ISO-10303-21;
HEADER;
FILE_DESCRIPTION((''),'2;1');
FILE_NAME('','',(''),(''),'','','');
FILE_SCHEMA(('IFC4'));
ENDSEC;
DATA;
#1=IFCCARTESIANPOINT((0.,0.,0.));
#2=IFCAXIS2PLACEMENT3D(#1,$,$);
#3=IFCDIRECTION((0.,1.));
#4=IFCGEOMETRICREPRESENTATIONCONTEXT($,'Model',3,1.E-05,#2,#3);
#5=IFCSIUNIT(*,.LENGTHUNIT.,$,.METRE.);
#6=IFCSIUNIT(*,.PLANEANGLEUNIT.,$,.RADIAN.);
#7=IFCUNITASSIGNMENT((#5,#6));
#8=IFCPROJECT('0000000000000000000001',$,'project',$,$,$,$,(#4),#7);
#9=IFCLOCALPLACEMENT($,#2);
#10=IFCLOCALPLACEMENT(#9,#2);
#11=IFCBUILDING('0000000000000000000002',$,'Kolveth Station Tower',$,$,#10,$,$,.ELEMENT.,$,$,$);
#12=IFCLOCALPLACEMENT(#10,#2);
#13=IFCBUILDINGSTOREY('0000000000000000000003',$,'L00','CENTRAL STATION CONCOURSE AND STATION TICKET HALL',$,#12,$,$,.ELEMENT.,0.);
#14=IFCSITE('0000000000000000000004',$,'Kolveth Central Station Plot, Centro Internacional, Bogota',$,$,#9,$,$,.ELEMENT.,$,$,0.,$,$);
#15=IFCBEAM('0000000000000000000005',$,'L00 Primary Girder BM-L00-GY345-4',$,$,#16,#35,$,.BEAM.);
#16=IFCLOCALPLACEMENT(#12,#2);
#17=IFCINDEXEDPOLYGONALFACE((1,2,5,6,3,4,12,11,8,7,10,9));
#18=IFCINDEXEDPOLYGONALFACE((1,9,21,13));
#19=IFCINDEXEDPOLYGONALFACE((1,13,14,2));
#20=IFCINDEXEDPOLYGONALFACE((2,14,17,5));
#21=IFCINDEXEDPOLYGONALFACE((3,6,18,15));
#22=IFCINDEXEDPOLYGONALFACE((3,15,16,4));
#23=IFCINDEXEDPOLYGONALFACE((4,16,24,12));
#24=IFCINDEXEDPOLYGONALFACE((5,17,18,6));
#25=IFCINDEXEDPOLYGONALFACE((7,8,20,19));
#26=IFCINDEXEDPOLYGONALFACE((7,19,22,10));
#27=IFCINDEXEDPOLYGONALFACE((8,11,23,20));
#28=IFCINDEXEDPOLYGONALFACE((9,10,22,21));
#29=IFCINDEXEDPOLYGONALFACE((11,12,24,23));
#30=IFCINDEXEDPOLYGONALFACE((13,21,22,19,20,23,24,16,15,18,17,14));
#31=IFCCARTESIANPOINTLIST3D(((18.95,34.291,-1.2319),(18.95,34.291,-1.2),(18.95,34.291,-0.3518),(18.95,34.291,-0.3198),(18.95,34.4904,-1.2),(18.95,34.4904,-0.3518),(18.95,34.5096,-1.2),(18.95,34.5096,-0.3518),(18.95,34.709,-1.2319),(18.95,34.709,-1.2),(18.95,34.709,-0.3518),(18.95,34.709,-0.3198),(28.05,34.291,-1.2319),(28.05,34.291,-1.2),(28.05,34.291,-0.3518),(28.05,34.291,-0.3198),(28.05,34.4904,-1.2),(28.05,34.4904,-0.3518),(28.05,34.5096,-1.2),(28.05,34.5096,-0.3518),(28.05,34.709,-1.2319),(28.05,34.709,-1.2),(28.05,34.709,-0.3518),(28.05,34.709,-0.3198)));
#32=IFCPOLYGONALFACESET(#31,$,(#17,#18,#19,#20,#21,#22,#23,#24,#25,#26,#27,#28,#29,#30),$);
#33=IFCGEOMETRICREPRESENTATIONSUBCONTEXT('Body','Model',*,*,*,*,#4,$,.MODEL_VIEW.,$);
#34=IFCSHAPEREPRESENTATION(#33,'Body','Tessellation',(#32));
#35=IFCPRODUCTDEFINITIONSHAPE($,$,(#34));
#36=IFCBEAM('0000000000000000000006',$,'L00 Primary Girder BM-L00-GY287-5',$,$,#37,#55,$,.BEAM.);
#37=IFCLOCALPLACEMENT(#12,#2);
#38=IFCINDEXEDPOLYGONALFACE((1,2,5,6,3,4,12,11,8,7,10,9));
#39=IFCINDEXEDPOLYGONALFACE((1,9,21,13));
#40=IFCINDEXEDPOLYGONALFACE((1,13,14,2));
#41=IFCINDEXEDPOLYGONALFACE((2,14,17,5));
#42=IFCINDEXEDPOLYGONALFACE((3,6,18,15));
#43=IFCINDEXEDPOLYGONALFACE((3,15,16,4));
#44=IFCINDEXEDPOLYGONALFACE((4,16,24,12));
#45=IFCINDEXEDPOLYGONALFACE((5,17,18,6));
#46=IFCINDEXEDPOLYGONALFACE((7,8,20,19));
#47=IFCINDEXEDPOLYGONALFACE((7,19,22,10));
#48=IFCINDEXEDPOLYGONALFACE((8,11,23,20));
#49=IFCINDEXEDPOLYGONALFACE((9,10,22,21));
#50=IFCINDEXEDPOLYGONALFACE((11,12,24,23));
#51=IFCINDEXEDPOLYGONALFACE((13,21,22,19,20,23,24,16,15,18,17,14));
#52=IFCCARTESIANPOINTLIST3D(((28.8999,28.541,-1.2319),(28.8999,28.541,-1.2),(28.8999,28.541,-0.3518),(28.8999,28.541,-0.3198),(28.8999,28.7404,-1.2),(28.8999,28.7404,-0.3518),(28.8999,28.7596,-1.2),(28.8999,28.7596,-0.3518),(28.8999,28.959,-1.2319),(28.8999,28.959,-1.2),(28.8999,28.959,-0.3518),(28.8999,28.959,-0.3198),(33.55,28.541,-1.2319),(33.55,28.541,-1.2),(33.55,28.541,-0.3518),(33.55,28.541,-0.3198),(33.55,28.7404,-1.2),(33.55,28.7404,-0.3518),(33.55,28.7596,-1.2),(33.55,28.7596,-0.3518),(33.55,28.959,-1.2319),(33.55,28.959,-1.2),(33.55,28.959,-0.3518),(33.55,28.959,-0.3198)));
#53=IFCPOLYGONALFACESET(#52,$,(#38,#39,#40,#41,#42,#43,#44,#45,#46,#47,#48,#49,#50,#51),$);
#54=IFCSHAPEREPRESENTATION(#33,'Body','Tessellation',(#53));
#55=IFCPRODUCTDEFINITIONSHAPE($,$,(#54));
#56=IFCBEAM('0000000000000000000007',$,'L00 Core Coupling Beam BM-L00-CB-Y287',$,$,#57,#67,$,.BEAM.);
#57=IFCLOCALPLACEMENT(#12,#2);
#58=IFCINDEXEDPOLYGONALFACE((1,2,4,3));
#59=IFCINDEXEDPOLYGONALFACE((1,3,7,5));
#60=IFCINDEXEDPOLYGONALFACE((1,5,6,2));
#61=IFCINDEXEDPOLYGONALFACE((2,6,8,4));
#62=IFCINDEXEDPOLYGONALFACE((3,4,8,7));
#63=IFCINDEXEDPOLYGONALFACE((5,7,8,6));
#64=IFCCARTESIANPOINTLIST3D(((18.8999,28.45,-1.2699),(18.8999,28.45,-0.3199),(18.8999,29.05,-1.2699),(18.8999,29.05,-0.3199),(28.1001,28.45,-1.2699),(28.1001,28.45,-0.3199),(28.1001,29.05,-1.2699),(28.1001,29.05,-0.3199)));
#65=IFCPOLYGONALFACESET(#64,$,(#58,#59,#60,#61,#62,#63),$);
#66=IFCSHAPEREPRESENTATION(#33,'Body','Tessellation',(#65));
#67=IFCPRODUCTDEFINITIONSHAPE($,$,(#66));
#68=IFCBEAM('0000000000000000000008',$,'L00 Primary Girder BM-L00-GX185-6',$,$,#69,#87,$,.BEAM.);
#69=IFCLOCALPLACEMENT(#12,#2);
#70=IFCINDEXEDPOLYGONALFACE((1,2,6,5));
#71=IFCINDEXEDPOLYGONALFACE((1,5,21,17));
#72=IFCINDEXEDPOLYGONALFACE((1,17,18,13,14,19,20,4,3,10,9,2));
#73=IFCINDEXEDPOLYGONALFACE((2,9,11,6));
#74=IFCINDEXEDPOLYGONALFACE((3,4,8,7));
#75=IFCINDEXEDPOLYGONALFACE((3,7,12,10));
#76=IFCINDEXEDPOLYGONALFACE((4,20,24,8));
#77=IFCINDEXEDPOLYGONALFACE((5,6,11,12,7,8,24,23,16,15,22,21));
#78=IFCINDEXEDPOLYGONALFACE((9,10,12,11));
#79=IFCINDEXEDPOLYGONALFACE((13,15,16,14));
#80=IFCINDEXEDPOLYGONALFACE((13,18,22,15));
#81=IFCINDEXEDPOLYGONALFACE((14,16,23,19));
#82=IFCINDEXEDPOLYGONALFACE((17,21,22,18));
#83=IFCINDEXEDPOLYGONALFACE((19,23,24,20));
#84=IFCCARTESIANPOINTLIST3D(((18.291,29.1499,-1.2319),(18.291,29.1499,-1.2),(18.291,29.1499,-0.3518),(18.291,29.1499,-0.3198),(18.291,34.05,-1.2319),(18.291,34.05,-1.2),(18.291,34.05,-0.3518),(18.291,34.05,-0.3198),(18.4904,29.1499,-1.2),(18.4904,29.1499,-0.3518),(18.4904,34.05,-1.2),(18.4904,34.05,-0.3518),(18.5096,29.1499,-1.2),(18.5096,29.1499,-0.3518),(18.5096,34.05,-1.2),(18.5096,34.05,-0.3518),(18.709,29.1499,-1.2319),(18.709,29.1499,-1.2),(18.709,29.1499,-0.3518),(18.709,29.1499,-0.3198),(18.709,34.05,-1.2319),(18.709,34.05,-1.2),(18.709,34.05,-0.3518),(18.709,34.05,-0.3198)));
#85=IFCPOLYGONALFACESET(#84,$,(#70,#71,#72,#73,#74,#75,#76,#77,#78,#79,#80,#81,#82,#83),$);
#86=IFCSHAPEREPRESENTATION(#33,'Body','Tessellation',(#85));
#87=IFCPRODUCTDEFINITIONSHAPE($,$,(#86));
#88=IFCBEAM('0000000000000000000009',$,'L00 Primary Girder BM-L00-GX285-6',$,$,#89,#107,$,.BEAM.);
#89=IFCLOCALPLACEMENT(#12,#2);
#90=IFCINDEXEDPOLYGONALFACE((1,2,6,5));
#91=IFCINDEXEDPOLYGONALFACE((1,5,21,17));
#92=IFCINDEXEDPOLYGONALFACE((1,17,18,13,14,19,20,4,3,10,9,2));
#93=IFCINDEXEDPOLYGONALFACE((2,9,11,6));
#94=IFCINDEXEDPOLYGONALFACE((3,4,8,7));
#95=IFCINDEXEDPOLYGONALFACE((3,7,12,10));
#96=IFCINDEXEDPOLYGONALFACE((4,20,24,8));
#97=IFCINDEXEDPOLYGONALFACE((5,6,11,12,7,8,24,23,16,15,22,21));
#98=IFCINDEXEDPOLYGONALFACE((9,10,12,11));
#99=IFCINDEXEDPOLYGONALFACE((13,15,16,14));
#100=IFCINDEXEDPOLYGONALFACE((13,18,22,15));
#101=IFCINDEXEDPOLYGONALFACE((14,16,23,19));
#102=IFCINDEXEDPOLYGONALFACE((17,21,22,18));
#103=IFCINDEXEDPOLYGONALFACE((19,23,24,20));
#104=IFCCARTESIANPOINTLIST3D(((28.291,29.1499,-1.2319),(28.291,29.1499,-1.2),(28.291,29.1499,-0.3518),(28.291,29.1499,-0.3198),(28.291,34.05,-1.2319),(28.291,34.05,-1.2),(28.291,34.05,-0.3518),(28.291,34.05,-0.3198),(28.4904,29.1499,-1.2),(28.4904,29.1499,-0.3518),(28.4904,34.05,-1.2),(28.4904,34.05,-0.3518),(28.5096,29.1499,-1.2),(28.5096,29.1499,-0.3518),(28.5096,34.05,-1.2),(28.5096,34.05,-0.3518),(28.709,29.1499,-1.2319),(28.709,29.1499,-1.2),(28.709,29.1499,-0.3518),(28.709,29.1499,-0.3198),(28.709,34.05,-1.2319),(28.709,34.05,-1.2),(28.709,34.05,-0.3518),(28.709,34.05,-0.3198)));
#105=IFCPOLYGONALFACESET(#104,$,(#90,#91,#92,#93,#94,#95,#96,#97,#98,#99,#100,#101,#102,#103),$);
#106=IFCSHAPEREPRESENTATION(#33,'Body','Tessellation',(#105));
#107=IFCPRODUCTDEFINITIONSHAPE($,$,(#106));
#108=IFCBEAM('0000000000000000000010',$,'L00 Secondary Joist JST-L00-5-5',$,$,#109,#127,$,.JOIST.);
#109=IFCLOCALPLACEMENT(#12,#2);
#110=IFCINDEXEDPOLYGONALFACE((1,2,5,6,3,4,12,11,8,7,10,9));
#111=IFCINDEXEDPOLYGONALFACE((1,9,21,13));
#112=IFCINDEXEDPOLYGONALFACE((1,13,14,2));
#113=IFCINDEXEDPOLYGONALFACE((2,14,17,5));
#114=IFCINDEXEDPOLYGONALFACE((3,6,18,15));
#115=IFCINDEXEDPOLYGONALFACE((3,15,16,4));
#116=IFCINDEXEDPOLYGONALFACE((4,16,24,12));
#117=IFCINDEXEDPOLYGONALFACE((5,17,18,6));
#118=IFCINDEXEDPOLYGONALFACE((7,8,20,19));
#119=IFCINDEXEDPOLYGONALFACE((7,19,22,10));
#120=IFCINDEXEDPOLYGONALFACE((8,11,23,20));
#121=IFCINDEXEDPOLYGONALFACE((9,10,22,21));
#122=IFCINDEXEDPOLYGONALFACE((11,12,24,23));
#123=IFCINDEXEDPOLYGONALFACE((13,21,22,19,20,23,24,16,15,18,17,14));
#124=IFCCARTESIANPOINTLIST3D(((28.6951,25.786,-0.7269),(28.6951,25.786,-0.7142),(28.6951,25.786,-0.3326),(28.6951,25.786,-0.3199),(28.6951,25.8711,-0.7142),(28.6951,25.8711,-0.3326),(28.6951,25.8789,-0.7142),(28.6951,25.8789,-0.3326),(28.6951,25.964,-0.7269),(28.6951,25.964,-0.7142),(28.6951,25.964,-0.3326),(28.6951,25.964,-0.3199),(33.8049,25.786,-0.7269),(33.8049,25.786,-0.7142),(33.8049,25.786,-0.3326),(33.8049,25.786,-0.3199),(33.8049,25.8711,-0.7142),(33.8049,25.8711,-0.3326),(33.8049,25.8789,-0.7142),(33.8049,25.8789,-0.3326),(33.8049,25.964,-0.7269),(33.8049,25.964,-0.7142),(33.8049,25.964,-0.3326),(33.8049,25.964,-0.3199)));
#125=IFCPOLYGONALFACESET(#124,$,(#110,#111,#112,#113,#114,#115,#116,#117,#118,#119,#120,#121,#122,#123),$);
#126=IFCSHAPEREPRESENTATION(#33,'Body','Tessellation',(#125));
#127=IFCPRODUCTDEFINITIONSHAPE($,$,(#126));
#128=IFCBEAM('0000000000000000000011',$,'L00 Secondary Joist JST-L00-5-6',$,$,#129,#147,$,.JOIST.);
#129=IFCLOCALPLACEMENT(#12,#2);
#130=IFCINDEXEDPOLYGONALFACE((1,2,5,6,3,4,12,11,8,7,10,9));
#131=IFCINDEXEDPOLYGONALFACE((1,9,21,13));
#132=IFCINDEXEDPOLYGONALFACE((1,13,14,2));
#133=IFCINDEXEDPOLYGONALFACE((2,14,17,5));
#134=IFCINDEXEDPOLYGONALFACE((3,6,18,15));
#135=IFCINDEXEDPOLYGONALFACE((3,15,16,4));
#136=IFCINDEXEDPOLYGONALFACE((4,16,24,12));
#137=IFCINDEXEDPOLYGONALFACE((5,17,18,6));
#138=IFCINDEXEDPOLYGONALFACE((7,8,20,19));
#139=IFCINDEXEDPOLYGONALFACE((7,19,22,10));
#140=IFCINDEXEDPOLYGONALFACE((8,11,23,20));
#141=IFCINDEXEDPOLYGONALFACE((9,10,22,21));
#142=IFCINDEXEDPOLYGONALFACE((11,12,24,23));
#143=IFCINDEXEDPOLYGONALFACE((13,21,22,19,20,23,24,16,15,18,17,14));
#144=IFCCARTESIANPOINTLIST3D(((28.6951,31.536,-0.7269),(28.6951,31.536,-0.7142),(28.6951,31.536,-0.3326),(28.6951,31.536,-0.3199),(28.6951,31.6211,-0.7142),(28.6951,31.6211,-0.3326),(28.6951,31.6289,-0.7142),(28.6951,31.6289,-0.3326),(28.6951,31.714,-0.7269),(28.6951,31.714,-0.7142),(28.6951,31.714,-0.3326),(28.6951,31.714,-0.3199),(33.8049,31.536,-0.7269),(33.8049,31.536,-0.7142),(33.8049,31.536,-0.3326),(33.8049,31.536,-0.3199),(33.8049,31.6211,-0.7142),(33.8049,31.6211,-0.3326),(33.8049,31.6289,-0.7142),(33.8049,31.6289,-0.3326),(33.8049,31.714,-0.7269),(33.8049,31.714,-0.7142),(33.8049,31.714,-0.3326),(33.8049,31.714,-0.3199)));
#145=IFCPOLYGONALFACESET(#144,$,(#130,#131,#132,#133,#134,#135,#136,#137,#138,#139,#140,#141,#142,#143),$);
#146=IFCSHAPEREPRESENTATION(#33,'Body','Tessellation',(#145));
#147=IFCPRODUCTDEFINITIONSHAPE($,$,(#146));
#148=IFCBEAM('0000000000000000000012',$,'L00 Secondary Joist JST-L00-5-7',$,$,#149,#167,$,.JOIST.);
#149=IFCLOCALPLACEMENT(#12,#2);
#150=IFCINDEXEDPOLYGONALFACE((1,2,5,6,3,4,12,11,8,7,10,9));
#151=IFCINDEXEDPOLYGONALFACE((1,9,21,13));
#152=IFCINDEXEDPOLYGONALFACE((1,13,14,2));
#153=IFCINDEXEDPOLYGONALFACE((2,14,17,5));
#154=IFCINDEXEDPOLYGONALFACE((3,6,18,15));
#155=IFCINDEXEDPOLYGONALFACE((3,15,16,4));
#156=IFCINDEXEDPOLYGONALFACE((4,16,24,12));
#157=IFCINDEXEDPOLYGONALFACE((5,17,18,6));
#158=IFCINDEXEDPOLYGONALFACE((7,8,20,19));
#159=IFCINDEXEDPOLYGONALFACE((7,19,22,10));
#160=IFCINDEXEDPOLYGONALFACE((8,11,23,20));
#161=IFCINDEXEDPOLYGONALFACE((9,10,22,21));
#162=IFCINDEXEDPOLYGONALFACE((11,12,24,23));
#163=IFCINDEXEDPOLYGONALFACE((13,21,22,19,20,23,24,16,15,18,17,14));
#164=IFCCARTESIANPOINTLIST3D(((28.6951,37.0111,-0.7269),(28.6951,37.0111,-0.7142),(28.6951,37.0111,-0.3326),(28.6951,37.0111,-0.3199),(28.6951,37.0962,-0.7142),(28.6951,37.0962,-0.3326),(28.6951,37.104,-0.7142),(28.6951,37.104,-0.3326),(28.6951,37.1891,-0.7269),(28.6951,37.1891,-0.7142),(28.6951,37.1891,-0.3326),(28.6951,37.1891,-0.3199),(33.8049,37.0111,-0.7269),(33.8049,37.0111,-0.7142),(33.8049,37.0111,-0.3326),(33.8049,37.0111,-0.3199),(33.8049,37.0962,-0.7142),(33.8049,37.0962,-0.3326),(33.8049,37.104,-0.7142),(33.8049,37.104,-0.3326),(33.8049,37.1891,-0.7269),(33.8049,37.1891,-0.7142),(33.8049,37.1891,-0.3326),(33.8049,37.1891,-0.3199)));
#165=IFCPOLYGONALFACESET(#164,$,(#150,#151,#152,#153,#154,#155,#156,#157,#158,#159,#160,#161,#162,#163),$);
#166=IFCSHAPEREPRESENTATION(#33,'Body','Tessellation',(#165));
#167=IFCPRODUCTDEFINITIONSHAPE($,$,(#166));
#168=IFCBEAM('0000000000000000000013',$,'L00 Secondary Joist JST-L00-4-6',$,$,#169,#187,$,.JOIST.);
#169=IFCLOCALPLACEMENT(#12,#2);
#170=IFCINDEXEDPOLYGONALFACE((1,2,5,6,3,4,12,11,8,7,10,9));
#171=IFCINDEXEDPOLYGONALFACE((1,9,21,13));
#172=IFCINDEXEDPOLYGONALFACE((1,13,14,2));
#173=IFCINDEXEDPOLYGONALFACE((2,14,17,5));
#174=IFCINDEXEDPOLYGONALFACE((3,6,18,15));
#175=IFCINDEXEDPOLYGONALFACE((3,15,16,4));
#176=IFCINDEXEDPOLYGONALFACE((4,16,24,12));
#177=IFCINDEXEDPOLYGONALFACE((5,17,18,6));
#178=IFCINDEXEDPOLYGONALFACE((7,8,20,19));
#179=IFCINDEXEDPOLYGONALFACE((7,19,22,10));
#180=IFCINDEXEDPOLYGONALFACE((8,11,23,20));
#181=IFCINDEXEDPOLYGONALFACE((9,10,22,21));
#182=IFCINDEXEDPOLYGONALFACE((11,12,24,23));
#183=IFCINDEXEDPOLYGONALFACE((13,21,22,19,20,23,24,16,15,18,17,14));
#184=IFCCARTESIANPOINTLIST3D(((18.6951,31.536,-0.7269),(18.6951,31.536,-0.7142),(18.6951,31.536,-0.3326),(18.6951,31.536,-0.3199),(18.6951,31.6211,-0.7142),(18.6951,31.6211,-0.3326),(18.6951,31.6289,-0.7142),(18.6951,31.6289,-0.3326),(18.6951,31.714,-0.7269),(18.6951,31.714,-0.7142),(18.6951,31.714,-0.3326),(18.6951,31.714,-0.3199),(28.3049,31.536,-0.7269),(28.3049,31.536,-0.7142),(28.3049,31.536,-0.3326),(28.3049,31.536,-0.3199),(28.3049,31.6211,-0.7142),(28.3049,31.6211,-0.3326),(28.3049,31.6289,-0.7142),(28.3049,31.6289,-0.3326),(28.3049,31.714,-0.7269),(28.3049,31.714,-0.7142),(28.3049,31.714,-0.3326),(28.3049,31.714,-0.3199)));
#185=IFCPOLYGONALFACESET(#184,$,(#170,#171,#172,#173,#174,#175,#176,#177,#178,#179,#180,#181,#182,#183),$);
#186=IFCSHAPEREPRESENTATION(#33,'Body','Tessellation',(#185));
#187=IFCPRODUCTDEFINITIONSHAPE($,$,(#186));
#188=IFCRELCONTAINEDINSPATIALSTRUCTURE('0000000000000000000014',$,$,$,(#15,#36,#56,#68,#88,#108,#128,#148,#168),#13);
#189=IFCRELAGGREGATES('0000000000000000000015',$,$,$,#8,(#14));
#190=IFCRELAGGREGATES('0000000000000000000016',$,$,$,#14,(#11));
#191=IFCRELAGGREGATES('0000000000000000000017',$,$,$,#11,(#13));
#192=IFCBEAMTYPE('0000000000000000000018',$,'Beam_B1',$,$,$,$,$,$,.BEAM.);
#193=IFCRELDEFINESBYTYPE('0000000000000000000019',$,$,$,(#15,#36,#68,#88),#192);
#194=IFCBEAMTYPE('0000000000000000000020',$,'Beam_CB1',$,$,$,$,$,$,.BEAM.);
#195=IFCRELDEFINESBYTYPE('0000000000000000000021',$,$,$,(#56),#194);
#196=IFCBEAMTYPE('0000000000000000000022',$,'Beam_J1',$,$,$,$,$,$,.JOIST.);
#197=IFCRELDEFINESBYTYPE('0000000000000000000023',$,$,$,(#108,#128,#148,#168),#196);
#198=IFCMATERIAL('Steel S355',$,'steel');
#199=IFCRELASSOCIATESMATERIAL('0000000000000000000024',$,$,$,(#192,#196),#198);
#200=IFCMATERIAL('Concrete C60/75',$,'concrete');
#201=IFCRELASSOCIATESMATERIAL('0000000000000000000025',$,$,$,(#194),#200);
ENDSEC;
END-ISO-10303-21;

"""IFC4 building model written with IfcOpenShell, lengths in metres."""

from ifc_helpers import new_model, si_unit, direction, frame, origin, origin_2d, place, context, subcontext, project, spatial, rectangle, i_section, extrude, source, transform, mapped, material, material_profile, profile_set, type_object, element, save


model = new_model("IFC4")

# Units and contexts
model_context = context("Model", 3, precision=1e-05, world=origin(), true_north=direction((0.0, 1.0)))
body_context = subcontext(model_context, "Body", "Model", "MODEL_VIEW")
ifc_project = project(units=[si_unit("LENGTHUNIT", "METRE"), si_unit("PLANEANGLEUNIT", "RADIAN")], contexts=[model_context])

# Site, building, storey
site_placement = place(None, origin())
site = spatial("IfcSite", under=ifc_project, at=site_placement, Name="Kolveth Central Station Plot, Centro Internacional, Bogota", CompositionType="ELEMENT", RefElevation=0.0)
building_placement = place(site_placement, origin())
building = spatial("IfcBuilding", under=site, at=building_placement, Name="Kolveth Station Tower", CompositionType="ELEMENT")
storey_placement = place(building_placement, origin())
storey = spatial("IfcBuildingStorey", under=building, at=storey_placement, Name="L00", Description="CENTRAL STATION CONCOURSE AND STATION TICKET HALL", CompositionType="ELEMENT", Elevation=0.0)

# Beams
ifc_material_1 = material(Name="Steel S355", Category="steel")
ifc_material_profile_1 = material_profile(ifc_material_1, i_section(OverallWidth=0.418, OverallDepth=0.9121, WebThickness=0.0193, FlangeThickness=0.032, at=origin_2d()), Name="W920x342")
ifc_profile_set_1 = profile_set([ifc_material_profile_1], Name="Steel S355")
beam_type_1 = type_object("IfcBeamType", Name="Beam_B1", PredefinedType="BEAM", material=ifc_profile_set_1)
shared_shape_1 = source(origin(), body_context, "Body", "SweptSolid", [
    extrude(i_section(OverallWidth=0.418, OverallDepth=0.9121, WebThickness=0.0193, FlangeThickness=0.032, at=origin_2d()), origin(), (0.0, 0.0, 1.0), 9.1001),
])
beam_1_placement = place(storey_placement, frame((18.95, 34.5, -0.7759), z_axis=(1.0, 0.0, 0.0), x_axis=(0.0, 1.0, 0.0)))
element("IfcBeam", 1, at=beam_1_placement, inside=storey, type_object=beam_type_1, Name="L00 Primary Girder BM-L00-GY345-4", PredefinedType="BEAM", context=body_context, shape_type="MappedRepresentation", body=[
    mapped(shared_shape_1, transform((0.0, 0.0, 0.0), x_axis=(1.0, 0.0, 0.0), y_axis=(0.0, 1.0, 0.0), z_axis=(0.0, 0.0, 1.0), scale=1.0)),
])
shared_shape_2 = source(origin(), body_context, "Body", "SweptSolid", [
    extrude(i_section(OverallWidth=0.418, OverallDepth=0.9121, WebThickness=0.0193, FlangeThickness=0.032, at=origin_2d()), origin(), (0.0, 0.0, 1.0), 4.6501),
])
beam_2_placement = place(storey_placement, frame((28.8999, 28.75, -0.7759), z_axis=(1.0, 0.0, 0.0), x_axis=(0.0, 1.0, 0.0)))
element("IfcBeam", 2, at=beam_2_placement, inside=storey, type_object=beam_type_1, Name="L00 Primary Girder BM-L00-GY287-5", PredefinedType="BEAM", context=body_context, shape_type="MappedRepresentation", body=[
    mapped(shared_shape_2, transform((0.0, 0.0, 0.0), x_axis=(1.0, 0.0, 0.0), y_axis=(0.0, 1.0, 0.0), z_axis=(0.0, 0.0, 1.0), scale=1.0)),
])
ifc_material_2 = material(Name="Concrete C60/75", Category="concrete")
ifc_material_profile_2 = material_profile(ifc_material_2, rectangle(XDim=0.6001, YDim=0.95, at=origin_2d()), Name="RC-600x950")
ifc_profile_set_2 = profile_set([ifc_material_profile_2], Name="Concrete C60/75")
beam_type_2 = type_object("IfcBeamType", Name="Beam_CB1", PredefinedType="BEAM", material=ifc_profile_set_2)
shared_shape_3 = source(origin(), body_context, "Body", "SweptSolid", [
    extrude(rectangle(XDim=0.6001, YDim=0.95, at=origin_2d()), origin(), (0.0, 0.0, 1.0), 9.2002),
])
beam_3_placement = place(storey_placement, frame((18.8999, 28.75, -0.7949), z_axis=(1.0, 0.0, 0.0), x_axis=(0.0, 1.0, 0.0)))
element("IfcBeam", 3, at=beam_3_placement, inside=storey, type_object=beam_type_2, Name="L00 Core Coupling Beam BM-L00-CB-Y287", PredefinedType="BEAM", context=body_context, shape_type="MappedRepresentation", body=[
    mapped(shared_shape_3, transform((0.0, 0.0, 0.0), x_axis=(1.0, 0.0, 0.0), y_axis=(0.0, 1.0, 0.0), z_axis=(0.0, 0.0, 1.0), scale=1.0)),
])
shared_shape_4 = source(origin(), body_context, "Body", "SweptSolid", [
    extrude(i_section(OverallWidth=0.418, OverallDepth=0.9121, WebThickness=0.0193, FlangeThickness=0.032, at=origin_2d()), origin(), (0.0, 0.0, 1.0), 4.9001),
])
for number, where, z_axis, x_axis, name in (
    (4, (18.5, 29.1499, -0.7759), (0.0, 1.0, 0.0), (-1.0, 0.0, 0.0), "L00 Primary Girder BM-L00-GX185-6"),
    (5, (28.5, 29.1499, -0.7759), (0.0, 1.0, 0.0), (-1.0, 0.0, 0.0), "L00 Primary Girder BM-L00-GX285-6"),
):
    element("IfcBeam", number, at=place(storey_placement, frame(where, z_axis=z_axis, x_axis=x_axis)), inside=storey, type_object=beam_type_1, Name=name, PredefinedType="BEAM", context=body_context, shape_type="MappedRepresentation", body=[
        mapped(shared_shape_4, transform((0.0, 0.0, 0.0), x_axis=(1.0, 0.0, 0.0), y_axis=(0.0, 1.0, 0.0), z_axis=(0.0, 0.0, 1.0), scale=1.0)),
    ])
ifc_material_profile_3 = material_profile(ifc_material_1, i_section(OverallWidth=0.178, OverallDepth=0.407, WebThickness=0.0078, FlangeThickness=0.0127, at=origin_2d()), Name="W410x60")
ifc_profile_set_3 = profile_set([ifc_material_profile_3], Name="Steel S355")
beam_type_3 = type_object("IfcBeamType", Name="Beam_J1", PredefinedType="JOIST", material=ifc_profile_set_3)
shared_shape_5 = source(origin(), body_context, "Body", "SweptSolid", [
    extrude(i_section(OverallWidth=0.178, OverallDepth=0.407, WebThickness=0.0078, FlangeThickness=0.0127, at=origin_2d()), origin(), (0.0, 0.0, 1.0), 5.1099),
])
for number, where, z_axis, x_axis, name in (
    (6, (28.6951, 25.875, -0.5234), (1.0, 0.0, 0.0), (0.0, 1.0, 0.0), "L00 Secondary Joist JST-L00-5-5"),
    (7, (28.6951, 31.625, -0.5234), (1.0, 0.0, 0.0), (0.0, 1.0, 0.0), "L00 Secondary Joist JST-L00-5-6"),
    (8, (28.6951, 37.1001, -0.5234), (1.0, 0.0, 0.0), (0.0, 1.0, 0.0), "L00 Secondary Joist JST-L00-5-7"),
):
    element("IfcBeam", number, at=place(storey_placement, frame(where, z_axis=z_axis, x_axis=x_axis)), inside=storey, type_object=beam_type_3, Name=name, PredefinedType="JOIST", context=body_context, shape_type="MappedRepresentation", body=[
        mapped(shared_shape_5, transform((0.0, 0.0, 0.0), x_axis=(1.0, 0.0, 0.0), y_axis=(0.0, 1.0, 0.0), z_axis=(0.0, 0.0, 1.0), scale=1.0)),
    ])
shared_shape_6 = source(origin(), body_context, "Body", "SweptSolid", [
    extrude(i_section(OverallWidth=0.178, OverallDepth=0.407, WebThickness=0.0078, FlangeThickness=0.0127, at=origin_2d()), origin(), (0.0, 0.0, 1.0), 9.6099),
])
for number, where, z_axis, x_axis, name in (
    (9, (18.6951, 31.625, -0.5234), (1.0, 0.0, 0.0), (0.0, 1.0, 0.0), "L00 Secondary Joist JST-L00-4-6"),
):
    element("IfcBeam", number, at=place(storey_placement, frame(where, z_axis=z_axis, x_axis=x_axis)), inside=storey, type_object=beam_type_3, Name=name, PredefinedType="JOIST", context=body_context, shape_type="MappedRepresentation", body=[
        mapped(shared_shape_6, transform((0.0, 0.0, 0.0), x_axis=(1.0, 0.0, 0.0), y_axis=(0.0, 1.0, 0.0), z_axis=(0.0, 0.0, 1.0), scale=1.0)),
    ])

save(model, "model.ifc")
